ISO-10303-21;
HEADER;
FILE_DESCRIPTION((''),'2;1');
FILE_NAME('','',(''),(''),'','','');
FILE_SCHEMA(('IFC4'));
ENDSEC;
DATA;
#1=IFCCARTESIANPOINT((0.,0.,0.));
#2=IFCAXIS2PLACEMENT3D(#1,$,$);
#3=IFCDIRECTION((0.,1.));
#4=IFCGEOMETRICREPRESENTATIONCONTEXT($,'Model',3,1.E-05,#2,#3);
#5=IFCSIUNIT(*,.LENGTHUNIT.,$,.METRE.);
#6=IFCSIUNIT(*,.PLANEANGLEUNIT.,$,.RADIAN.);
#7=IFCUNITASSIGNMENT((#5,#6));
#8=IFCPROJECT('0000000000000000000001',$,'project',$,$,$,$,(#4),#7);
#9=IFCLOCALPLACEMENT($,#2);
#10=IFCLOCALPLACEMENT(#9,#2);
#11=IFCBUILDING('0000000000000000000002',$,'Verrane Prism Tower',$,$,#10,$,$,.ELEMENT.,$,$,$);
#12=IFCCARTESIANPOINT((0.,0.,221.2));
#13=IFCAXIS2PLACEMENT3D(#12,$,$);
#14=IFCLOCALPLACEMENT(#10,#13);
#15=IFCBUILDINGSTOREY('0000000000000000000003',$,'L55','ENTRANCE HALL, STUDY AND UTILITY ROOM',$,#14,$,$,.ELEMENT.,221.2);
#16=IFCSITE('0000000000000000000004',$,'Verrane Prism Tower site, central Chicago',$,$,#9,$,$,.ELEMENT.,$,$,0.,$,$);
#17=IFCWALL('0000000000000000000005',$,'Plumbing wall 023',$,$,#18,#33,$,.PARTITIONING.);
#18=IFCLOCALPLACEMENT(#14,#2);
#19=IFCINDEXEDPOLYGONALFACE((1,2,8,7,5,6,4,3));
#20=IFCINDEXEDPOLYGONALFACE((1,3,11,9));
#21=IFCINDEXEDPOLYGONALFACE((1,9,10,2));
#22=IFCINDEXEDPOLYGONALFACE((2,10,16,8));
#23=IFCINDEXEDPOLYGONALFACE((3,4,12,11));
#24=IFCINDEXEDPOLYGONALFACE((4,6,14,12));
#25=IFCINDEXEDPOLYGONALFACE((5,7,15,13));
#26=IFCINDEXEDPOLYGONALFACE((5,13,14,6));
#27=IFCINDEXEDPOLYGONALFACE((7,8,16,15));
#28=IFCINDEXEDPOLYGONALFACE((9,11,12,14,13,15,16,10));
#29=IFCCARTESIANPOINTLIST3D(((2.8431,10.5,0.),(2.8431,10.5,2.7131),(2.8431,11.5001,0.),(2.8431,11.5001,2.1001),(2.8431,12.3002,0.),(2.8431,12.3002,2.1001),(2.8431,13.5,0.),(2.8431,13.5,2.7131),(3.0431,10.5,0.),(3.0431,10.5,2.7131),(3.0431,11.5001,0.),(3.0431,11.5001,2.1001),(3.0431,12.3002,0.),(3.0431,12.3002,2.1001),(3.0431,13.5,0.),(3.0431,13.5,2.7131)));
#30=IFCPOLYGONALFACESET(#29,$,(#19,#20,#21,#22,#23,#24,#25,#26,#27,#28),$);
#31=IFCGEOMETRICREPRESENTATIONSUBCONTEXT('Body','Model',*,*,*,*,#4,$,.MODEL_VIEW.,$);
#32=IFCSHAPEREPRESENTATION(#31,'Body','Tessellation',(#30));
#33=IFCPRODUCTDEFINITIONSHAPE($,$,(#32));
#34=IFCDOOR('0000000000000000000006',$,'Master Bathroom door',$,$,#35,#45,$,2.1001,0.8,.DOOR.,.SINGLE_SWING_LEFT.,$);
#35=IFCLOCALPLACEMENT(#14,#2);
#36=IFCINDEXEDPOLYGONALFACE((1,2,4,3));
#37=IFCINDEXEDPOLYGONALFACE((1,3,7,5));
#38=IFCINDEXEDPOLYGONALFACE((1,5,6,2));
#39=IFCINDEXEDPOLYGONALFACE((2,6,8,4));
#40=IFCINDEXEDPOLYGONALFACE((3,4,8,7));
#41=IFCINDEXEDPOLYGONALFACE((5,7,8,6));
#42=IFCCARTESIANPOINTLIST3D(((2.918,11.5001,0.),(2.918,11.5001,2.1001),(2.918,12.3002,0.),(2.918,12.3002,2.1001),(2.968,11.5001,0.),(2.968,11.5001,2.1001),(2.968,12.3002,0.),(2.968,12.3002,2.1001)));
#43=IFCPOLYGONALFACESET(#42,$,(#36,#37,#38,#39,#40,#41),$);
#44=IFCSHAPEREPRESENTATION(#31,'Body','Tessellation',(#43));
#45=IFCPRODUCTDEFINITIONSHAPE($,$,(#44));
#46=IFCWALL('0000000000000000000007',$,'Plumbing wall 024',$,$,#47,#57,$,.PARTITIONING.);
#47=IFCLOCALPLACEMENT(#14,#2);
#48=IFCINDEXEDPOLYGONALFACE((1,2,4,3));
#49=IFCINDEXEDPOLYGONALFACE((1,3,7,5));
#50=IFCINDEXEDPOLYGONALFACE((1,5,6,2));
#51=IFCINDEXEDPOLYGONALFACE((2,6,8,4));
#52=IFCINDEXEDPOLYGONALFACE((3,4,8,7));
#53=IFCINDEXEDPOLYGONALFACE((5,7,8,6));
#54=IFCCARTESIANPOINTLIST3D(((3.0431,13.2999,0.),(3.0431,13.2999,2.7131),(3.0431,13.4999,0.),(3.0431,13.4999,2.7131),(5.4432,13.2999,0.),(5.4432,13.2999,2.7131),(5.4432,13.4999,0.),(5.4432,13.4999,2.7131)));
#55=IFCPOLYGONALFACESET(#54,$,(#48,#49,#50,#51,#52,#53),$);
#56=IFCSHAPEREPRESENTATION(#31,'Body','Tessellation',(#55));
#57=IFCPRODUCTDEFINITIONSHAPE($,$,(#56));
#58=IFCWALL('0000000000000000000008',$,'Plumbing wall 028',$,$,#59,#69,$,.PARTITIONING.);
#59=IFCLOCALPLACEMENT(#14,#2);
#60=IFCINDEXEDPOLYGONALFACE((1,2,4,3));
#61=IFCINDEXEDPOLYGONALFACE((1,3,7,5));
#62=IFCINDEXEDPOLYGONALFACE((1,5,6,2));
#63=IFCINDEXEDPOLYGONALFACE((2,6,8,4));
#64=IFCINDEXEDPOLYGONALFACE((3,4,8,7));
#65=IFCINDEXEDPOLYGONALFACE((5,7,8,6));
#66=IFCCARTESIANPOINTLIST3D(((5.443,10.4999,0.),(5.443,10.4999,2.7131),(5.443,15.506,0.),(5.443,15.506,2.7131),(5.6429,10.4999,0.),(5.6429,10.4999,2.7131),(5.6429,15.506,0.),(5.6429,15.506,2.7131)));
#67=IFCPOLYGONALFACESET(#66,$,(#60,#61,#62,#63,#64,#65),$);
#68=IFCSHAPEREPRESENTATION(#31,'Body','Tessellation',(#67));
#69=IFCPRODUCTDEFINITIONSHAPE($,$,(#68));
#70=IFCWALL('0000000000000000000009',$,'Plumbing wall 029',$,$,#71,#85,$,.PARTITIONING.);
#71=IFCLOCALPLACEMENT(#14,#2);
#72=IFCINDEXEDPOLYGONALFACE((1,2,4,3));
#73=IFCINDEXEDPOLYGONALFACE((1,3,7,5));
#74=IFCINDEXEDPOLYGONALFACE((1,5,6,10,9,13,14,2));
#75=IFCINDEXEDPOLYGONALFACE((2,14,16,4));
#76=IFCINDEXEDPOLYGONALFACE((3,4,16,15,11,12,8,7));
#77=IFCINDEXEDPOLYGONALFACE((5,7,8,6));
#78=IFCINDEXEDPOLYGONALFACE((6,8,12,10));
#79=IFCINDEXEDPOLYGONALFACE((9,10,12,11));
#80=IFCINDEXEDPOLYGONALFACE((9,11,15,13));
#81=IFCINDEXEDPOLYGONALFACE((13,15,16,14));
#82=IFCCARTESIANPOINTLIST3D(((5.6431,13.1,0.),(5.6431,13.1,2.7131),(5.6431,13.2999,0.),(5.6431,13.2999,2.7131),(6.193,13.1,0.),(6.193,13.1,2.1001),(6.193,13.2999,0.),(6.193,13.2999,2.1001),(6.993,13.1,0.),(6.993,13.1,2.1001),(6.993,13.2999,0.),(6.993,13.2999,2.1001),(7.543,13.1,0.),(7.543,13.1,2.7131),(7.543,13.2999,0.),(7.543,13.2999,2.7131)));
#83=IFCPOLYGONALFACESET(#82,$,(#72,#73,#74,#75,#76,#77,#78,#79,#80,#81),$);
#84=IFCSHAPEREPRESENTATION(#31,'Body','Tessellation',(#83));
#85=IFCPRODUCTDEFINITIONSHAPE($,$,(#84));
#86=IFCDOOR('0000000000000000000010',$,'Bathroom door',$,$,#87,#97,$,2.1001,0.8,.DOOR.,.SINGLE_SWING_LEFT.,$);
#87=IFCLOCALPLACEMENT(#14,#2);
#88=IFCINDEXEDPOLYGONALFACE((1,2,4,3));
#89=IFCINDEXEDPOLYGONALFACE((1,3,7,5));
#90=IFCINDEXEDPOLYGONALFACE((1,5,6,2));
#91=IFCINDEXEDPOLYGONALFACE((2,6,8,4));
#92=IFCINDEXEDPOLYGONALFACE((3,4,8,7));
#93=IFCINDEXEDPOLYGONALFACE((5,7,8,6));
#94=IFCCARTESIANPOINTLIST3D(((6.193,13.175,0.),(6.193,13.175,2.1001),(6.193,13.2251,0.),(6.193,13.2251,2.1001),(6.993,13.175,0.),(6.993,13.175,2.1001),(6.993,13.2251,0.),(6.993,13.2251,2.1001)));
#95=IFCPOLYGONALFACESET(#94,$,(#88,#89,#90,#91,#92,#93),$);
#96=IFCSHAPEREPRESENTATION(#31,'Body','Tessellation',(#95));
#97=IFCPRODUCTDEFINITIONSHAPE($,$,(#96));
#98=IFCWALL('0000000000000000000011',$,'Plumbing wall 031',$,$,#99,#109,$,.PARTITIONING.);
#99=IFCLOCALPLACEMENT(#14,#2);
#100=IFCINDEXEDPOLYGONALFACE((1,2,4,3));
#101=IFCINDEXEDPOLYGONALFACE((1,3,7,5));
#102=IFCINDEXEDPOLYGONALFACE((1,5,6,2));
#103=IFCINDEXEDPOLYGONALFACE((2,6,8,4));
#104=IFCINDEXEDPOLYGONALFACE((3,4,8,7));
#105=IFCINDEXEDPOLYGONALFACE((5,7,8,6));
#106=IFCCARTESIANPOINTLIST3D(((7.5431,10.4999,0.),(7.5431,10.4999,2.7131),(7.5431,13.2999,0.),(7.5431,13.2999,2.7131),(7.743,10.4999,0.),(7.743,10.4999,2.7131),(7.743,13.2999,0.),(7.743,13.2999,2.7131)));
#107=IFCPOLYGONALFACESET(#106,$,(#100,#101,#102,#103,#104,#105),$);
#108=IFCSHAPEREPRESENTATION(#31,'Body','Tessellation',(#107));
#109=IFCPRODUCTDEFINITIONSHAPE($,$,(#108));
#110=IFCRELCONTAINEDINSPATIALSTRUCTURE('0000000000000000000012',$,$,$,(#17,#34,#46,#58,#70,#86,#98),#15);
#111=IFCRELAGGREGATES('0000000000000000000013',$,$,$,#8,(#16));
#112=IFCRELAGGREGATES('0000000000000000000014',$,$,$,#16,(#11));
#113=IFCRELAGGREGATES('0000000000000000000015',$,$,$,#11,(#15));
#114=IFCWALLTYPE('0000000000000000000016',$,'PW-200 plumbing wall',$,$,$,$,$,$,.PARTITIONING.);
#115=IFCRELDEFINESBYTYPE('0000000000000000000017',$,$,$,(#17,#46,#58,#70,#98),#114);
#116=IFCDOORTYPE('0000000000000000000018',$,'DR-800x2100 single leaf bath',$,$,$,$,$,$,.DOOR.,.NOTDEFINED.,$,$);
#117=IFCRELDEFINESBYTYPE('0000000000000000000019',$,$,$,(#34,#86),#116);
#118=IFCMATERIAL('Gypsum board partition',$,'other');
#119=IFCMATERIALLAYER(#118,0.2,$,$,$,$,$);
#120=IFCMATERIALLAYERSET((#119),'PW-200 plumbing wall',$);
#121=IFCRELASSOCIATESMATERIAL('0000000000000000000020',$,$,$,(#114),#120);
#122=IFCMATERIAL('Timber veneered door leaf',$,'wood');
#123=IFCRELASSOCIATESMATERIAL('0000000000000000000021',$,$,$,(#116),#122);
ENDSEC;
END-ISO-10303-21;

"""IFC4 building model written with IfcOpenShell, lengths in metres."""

from ifc_helpers import new_model, si_unit, direction, frame, frame_2d, origin, place, context, subcontext, project, spatial, rectangle, extrude, material, layer, layer_set, type_object, element, fill, save


model = new_model("IFC4")

# Units and contexts
model_context = context("Model", 3, precision=1e-05, world=origin(), true_north=direction((0.0, 1.0)))
body_context = subcontext(model_context, "Body", "Model", "MODEL_VIEW")
ifc_project = project(units=[si_unit("LENGTHUNIT", "METRE"), si_unit("PLANEANGLEUNIT", "RADIAN")], contexts=[model_context])

# Site, building, storey
site_placement = place(None, origin())
site = spatial("IfcSite", under=ifc_project, at=site_placement, Name="Verrane Prism Tower site, central Chicago", CompositionType="ELEMENT", RefElevation=0.0)
building_placement = place(site_placement, origin())
building = spatial("IfcBuilding", under=site, at=building_placement, Name="Verrane Prism Tower", CompositionType="ELEMENT")
storey_placement = place(building_placement, frame((0.0, 0.0, 221.2)))
storey = spatial("IfcBuildingStorey", under=building, at=storey_placement, Name="L55", Description="ENTRANCE HALL, STUDY AND UTILITY ROOM", CompositionType="ELEMENT", Elevation=221.2)

# Wall, opening, door
ifc_material_1 = material(Name="Gypsum board partition", Category="other")
ifc_layer_1 = layer(ifc_material_1, 0.2)
ifc_layer_set_1 = layer_set([ifc_layer_1], Name="PW-200 plumbing wall")
wall_type_1 = type_object("IfcWallType", Name="PW-200 plumbing wall", PredefinedType="PARTITIONING", material=ifc_layer_set_1)
wall_1_placement = place(storey_placement, frame((2.9431, 13.5, 0.0), z_axis=(0.0, 0.0, 1.0), x_axis=(0.0, -1.0, 0.0)))
wall_1 = element("IfcWall", 1, at=wall_1_placement, inside=storey, type_object=wall_type_1, Name="Plumbing wall 023", PredefinedType="PARTITIONING", context=body_context, shape_type="SweptSolid", body=[
    extrude(rectangle(XDim=3.0, YDim=0.2, at=frame_2d((1.5, 0.0))), origin(), (0.0, 0.0, 1.0), 2.7131),
])
opening_1_placement = place(wall_1_placement, frame((1.2, 0.0, 0.0)))
opening_1 = element("IfcOpeningElement", 2, at=opening_1_placement, cuts=wall_1, PredefinedType="OPENING", context=body_context, shape_type="SweptSolid", body=[
    extrude(rectangle(XDim=0.8, YDim=2.1001, at=frame_2d((0.3999, 1.05))), frame((0.0, 0.1099, 0.0), z_axis=(0.0, -1.0, 0.0), x_axis=(1.0, 0.0, 0.0)), (0.0, 0.0, 1.0), 0.22),
])
ifc_material_2 = material(Name="Timber veneered door leaf", Category="wood")
door_type_1 = type_object("IfcDoorType", Name="DR-800x2100 single leaf bath", OperationType="NOTDEFINED", PredefinedType="DOOR", material=ifc_material_2)
door_1_placement = place(opening_1_placement, origin())
door_1 = element("IfcDoor", 3, at=door_1_placement, inside=storey, type_object=door_type_1, Name="Master Bathroom door", OperationType="SINGLE_SWING_LEFT", OverallHeight=2.1001, OverallWidth=0.8, PredefinedType="DOOR", context=body_context, shape_type="SweptSolid", body=[
    extrude(rectangle(XDim=0.8, YDim=2.1001, at=frame_2d((0.3999, 1.05))), frame((0.0, 0.0249, 0.0), z_axis=(0.0, -1.0, 0.0), x_axis=(1.0, 0.0, 0.0)), (0.0, 0.0, 1.0), 0.05),
])
fill(opening_1, door_1)

# Walls
wall_2_placement = place(storey_placement, frame((3.043, 13.3999, 0.0), z_axis=(0.0, 0.0, 1.0), x_axis=(1.0, 0.0, 0.0)))
element("IfcWall", 4, at=wall_2_placement, inside=storey, type_object=wall_type_1, Name="Plumbing wall 024", PredefinedType="PARTITIONING", context=body_context, shape_type="SweptSolid", body=[
    extrude(rectangle(XDim=2.4001, YDim=0.2, at=frame_2d((1.2002, 0.0))), origin(), (0.0, 0.0, 1.0), 2.7131),
])
wall_3_placement = place(storey_placement, frame((5.543, 10.5, 0.0), z_axis=(0.0, 0.0, 1.0), x_axis=(0.0, 1.0, 0.0)))
element("IfcWall", 5, at=wall_3_placement, inside=storey, type_object=wall_type_1, Name="Plumbing wall 028", PredefinedType="PARTITIONING", context=body_context, shape_type="SweptSolid", body=[
    extrude(rectangle(XDim=5.0061, YDim=0.2, at=frame_2d((2.5029, 0.0))), origin(), (0.0, 0.0, 1.0), 2.7131),
])

# Wall, opening, door
wall_4_placement = place(storey_placement, frame((7.543, 13.2, 0.0), z_axis=(0.0, 0.0, 1.0), x_axis=(-1.0, 0.0, 0.0)))
wall_4 = element("IfcWall", 6, at=wall_4_placement, inside=storey, type_object=wall_type_1, Name="Plumbing wall 029", PredefinedType="PARTITIONING", context=body_context, shape_type="SweptSolid", body=[
    extrude(rectangle(XDim=1.8999, YDim=0.2, at=frame_2d((0.95, 0.0))), origin(), (0.0, 0.0, 1.0), 2.7131),
])
opening_2_placement = place(wall_4_placement, frame((0.55, 0.0, 0.0)))
opening_2 = element("IfcOpeningElement", 7, at=opening_2_placement, cuts=wall_4, PredefinedType="OPENING", context=body_context, shape_type="SweptSolid", body=[
    extrude(rectangle(XDim=0.8, YDim=2.1001, at=frame_2d((0.3999, 1.05))), frame((0.0, 0.1099, 0.0), z_axis=(0.0, -1.0, 0.0), x_axis=(1.0, 0.0, 0.0)), (0.0, 0.0, 1.0), 0.22),
])
door_2_placement = place(opening_2_placement, origin())
door_2 = element("IfcDoor", 8, at=door_2_placement, inside=storey, type_object=door_type_1, Name="Bathroom door", OperationType="SINGLE_SWING_LEFT", OverallHeight=2.1001, OverallWidth=0.8, PredefinedType="DOOR", context=body_context, shape_type="SweptSolid", body=[
    extrude(rectangle(XDim=0.8, YDim=2.1001, at=frame_2d((0.3999, 1.05))), frame((0.0, 0.0249, 0.0), z_axis=(0.0, -1.0, 0.0), x_axis=(1.0, 0.0, 0.0)), (0.0, 0.0, 1.0), 0.05),
])
fill(opening_2, door_2)

# Wall
wall_5_placement = place(storey_placement, frame((7.6431, 10.5, 0.0), z_axis=(0.0, 0.0, 1.0), x_axis=(0.0, 1.0, 0.0)))
element("IfcWall", 9, at=wall_5_placement, inside=storey, type_object=wall_type_1, Name="Plumbing wall 031", PredefinedType="PARTITIONING", context=body_context, shape_type="SweptSolid", body=[
    extrude(rectangle(XDim=2.8, YDim=0.2, at=frame_2d((1.3999, 0.0))), origin(), (0.0, 0.0, 1.0), 2.7131),
])

save(model, "model.ifc")
